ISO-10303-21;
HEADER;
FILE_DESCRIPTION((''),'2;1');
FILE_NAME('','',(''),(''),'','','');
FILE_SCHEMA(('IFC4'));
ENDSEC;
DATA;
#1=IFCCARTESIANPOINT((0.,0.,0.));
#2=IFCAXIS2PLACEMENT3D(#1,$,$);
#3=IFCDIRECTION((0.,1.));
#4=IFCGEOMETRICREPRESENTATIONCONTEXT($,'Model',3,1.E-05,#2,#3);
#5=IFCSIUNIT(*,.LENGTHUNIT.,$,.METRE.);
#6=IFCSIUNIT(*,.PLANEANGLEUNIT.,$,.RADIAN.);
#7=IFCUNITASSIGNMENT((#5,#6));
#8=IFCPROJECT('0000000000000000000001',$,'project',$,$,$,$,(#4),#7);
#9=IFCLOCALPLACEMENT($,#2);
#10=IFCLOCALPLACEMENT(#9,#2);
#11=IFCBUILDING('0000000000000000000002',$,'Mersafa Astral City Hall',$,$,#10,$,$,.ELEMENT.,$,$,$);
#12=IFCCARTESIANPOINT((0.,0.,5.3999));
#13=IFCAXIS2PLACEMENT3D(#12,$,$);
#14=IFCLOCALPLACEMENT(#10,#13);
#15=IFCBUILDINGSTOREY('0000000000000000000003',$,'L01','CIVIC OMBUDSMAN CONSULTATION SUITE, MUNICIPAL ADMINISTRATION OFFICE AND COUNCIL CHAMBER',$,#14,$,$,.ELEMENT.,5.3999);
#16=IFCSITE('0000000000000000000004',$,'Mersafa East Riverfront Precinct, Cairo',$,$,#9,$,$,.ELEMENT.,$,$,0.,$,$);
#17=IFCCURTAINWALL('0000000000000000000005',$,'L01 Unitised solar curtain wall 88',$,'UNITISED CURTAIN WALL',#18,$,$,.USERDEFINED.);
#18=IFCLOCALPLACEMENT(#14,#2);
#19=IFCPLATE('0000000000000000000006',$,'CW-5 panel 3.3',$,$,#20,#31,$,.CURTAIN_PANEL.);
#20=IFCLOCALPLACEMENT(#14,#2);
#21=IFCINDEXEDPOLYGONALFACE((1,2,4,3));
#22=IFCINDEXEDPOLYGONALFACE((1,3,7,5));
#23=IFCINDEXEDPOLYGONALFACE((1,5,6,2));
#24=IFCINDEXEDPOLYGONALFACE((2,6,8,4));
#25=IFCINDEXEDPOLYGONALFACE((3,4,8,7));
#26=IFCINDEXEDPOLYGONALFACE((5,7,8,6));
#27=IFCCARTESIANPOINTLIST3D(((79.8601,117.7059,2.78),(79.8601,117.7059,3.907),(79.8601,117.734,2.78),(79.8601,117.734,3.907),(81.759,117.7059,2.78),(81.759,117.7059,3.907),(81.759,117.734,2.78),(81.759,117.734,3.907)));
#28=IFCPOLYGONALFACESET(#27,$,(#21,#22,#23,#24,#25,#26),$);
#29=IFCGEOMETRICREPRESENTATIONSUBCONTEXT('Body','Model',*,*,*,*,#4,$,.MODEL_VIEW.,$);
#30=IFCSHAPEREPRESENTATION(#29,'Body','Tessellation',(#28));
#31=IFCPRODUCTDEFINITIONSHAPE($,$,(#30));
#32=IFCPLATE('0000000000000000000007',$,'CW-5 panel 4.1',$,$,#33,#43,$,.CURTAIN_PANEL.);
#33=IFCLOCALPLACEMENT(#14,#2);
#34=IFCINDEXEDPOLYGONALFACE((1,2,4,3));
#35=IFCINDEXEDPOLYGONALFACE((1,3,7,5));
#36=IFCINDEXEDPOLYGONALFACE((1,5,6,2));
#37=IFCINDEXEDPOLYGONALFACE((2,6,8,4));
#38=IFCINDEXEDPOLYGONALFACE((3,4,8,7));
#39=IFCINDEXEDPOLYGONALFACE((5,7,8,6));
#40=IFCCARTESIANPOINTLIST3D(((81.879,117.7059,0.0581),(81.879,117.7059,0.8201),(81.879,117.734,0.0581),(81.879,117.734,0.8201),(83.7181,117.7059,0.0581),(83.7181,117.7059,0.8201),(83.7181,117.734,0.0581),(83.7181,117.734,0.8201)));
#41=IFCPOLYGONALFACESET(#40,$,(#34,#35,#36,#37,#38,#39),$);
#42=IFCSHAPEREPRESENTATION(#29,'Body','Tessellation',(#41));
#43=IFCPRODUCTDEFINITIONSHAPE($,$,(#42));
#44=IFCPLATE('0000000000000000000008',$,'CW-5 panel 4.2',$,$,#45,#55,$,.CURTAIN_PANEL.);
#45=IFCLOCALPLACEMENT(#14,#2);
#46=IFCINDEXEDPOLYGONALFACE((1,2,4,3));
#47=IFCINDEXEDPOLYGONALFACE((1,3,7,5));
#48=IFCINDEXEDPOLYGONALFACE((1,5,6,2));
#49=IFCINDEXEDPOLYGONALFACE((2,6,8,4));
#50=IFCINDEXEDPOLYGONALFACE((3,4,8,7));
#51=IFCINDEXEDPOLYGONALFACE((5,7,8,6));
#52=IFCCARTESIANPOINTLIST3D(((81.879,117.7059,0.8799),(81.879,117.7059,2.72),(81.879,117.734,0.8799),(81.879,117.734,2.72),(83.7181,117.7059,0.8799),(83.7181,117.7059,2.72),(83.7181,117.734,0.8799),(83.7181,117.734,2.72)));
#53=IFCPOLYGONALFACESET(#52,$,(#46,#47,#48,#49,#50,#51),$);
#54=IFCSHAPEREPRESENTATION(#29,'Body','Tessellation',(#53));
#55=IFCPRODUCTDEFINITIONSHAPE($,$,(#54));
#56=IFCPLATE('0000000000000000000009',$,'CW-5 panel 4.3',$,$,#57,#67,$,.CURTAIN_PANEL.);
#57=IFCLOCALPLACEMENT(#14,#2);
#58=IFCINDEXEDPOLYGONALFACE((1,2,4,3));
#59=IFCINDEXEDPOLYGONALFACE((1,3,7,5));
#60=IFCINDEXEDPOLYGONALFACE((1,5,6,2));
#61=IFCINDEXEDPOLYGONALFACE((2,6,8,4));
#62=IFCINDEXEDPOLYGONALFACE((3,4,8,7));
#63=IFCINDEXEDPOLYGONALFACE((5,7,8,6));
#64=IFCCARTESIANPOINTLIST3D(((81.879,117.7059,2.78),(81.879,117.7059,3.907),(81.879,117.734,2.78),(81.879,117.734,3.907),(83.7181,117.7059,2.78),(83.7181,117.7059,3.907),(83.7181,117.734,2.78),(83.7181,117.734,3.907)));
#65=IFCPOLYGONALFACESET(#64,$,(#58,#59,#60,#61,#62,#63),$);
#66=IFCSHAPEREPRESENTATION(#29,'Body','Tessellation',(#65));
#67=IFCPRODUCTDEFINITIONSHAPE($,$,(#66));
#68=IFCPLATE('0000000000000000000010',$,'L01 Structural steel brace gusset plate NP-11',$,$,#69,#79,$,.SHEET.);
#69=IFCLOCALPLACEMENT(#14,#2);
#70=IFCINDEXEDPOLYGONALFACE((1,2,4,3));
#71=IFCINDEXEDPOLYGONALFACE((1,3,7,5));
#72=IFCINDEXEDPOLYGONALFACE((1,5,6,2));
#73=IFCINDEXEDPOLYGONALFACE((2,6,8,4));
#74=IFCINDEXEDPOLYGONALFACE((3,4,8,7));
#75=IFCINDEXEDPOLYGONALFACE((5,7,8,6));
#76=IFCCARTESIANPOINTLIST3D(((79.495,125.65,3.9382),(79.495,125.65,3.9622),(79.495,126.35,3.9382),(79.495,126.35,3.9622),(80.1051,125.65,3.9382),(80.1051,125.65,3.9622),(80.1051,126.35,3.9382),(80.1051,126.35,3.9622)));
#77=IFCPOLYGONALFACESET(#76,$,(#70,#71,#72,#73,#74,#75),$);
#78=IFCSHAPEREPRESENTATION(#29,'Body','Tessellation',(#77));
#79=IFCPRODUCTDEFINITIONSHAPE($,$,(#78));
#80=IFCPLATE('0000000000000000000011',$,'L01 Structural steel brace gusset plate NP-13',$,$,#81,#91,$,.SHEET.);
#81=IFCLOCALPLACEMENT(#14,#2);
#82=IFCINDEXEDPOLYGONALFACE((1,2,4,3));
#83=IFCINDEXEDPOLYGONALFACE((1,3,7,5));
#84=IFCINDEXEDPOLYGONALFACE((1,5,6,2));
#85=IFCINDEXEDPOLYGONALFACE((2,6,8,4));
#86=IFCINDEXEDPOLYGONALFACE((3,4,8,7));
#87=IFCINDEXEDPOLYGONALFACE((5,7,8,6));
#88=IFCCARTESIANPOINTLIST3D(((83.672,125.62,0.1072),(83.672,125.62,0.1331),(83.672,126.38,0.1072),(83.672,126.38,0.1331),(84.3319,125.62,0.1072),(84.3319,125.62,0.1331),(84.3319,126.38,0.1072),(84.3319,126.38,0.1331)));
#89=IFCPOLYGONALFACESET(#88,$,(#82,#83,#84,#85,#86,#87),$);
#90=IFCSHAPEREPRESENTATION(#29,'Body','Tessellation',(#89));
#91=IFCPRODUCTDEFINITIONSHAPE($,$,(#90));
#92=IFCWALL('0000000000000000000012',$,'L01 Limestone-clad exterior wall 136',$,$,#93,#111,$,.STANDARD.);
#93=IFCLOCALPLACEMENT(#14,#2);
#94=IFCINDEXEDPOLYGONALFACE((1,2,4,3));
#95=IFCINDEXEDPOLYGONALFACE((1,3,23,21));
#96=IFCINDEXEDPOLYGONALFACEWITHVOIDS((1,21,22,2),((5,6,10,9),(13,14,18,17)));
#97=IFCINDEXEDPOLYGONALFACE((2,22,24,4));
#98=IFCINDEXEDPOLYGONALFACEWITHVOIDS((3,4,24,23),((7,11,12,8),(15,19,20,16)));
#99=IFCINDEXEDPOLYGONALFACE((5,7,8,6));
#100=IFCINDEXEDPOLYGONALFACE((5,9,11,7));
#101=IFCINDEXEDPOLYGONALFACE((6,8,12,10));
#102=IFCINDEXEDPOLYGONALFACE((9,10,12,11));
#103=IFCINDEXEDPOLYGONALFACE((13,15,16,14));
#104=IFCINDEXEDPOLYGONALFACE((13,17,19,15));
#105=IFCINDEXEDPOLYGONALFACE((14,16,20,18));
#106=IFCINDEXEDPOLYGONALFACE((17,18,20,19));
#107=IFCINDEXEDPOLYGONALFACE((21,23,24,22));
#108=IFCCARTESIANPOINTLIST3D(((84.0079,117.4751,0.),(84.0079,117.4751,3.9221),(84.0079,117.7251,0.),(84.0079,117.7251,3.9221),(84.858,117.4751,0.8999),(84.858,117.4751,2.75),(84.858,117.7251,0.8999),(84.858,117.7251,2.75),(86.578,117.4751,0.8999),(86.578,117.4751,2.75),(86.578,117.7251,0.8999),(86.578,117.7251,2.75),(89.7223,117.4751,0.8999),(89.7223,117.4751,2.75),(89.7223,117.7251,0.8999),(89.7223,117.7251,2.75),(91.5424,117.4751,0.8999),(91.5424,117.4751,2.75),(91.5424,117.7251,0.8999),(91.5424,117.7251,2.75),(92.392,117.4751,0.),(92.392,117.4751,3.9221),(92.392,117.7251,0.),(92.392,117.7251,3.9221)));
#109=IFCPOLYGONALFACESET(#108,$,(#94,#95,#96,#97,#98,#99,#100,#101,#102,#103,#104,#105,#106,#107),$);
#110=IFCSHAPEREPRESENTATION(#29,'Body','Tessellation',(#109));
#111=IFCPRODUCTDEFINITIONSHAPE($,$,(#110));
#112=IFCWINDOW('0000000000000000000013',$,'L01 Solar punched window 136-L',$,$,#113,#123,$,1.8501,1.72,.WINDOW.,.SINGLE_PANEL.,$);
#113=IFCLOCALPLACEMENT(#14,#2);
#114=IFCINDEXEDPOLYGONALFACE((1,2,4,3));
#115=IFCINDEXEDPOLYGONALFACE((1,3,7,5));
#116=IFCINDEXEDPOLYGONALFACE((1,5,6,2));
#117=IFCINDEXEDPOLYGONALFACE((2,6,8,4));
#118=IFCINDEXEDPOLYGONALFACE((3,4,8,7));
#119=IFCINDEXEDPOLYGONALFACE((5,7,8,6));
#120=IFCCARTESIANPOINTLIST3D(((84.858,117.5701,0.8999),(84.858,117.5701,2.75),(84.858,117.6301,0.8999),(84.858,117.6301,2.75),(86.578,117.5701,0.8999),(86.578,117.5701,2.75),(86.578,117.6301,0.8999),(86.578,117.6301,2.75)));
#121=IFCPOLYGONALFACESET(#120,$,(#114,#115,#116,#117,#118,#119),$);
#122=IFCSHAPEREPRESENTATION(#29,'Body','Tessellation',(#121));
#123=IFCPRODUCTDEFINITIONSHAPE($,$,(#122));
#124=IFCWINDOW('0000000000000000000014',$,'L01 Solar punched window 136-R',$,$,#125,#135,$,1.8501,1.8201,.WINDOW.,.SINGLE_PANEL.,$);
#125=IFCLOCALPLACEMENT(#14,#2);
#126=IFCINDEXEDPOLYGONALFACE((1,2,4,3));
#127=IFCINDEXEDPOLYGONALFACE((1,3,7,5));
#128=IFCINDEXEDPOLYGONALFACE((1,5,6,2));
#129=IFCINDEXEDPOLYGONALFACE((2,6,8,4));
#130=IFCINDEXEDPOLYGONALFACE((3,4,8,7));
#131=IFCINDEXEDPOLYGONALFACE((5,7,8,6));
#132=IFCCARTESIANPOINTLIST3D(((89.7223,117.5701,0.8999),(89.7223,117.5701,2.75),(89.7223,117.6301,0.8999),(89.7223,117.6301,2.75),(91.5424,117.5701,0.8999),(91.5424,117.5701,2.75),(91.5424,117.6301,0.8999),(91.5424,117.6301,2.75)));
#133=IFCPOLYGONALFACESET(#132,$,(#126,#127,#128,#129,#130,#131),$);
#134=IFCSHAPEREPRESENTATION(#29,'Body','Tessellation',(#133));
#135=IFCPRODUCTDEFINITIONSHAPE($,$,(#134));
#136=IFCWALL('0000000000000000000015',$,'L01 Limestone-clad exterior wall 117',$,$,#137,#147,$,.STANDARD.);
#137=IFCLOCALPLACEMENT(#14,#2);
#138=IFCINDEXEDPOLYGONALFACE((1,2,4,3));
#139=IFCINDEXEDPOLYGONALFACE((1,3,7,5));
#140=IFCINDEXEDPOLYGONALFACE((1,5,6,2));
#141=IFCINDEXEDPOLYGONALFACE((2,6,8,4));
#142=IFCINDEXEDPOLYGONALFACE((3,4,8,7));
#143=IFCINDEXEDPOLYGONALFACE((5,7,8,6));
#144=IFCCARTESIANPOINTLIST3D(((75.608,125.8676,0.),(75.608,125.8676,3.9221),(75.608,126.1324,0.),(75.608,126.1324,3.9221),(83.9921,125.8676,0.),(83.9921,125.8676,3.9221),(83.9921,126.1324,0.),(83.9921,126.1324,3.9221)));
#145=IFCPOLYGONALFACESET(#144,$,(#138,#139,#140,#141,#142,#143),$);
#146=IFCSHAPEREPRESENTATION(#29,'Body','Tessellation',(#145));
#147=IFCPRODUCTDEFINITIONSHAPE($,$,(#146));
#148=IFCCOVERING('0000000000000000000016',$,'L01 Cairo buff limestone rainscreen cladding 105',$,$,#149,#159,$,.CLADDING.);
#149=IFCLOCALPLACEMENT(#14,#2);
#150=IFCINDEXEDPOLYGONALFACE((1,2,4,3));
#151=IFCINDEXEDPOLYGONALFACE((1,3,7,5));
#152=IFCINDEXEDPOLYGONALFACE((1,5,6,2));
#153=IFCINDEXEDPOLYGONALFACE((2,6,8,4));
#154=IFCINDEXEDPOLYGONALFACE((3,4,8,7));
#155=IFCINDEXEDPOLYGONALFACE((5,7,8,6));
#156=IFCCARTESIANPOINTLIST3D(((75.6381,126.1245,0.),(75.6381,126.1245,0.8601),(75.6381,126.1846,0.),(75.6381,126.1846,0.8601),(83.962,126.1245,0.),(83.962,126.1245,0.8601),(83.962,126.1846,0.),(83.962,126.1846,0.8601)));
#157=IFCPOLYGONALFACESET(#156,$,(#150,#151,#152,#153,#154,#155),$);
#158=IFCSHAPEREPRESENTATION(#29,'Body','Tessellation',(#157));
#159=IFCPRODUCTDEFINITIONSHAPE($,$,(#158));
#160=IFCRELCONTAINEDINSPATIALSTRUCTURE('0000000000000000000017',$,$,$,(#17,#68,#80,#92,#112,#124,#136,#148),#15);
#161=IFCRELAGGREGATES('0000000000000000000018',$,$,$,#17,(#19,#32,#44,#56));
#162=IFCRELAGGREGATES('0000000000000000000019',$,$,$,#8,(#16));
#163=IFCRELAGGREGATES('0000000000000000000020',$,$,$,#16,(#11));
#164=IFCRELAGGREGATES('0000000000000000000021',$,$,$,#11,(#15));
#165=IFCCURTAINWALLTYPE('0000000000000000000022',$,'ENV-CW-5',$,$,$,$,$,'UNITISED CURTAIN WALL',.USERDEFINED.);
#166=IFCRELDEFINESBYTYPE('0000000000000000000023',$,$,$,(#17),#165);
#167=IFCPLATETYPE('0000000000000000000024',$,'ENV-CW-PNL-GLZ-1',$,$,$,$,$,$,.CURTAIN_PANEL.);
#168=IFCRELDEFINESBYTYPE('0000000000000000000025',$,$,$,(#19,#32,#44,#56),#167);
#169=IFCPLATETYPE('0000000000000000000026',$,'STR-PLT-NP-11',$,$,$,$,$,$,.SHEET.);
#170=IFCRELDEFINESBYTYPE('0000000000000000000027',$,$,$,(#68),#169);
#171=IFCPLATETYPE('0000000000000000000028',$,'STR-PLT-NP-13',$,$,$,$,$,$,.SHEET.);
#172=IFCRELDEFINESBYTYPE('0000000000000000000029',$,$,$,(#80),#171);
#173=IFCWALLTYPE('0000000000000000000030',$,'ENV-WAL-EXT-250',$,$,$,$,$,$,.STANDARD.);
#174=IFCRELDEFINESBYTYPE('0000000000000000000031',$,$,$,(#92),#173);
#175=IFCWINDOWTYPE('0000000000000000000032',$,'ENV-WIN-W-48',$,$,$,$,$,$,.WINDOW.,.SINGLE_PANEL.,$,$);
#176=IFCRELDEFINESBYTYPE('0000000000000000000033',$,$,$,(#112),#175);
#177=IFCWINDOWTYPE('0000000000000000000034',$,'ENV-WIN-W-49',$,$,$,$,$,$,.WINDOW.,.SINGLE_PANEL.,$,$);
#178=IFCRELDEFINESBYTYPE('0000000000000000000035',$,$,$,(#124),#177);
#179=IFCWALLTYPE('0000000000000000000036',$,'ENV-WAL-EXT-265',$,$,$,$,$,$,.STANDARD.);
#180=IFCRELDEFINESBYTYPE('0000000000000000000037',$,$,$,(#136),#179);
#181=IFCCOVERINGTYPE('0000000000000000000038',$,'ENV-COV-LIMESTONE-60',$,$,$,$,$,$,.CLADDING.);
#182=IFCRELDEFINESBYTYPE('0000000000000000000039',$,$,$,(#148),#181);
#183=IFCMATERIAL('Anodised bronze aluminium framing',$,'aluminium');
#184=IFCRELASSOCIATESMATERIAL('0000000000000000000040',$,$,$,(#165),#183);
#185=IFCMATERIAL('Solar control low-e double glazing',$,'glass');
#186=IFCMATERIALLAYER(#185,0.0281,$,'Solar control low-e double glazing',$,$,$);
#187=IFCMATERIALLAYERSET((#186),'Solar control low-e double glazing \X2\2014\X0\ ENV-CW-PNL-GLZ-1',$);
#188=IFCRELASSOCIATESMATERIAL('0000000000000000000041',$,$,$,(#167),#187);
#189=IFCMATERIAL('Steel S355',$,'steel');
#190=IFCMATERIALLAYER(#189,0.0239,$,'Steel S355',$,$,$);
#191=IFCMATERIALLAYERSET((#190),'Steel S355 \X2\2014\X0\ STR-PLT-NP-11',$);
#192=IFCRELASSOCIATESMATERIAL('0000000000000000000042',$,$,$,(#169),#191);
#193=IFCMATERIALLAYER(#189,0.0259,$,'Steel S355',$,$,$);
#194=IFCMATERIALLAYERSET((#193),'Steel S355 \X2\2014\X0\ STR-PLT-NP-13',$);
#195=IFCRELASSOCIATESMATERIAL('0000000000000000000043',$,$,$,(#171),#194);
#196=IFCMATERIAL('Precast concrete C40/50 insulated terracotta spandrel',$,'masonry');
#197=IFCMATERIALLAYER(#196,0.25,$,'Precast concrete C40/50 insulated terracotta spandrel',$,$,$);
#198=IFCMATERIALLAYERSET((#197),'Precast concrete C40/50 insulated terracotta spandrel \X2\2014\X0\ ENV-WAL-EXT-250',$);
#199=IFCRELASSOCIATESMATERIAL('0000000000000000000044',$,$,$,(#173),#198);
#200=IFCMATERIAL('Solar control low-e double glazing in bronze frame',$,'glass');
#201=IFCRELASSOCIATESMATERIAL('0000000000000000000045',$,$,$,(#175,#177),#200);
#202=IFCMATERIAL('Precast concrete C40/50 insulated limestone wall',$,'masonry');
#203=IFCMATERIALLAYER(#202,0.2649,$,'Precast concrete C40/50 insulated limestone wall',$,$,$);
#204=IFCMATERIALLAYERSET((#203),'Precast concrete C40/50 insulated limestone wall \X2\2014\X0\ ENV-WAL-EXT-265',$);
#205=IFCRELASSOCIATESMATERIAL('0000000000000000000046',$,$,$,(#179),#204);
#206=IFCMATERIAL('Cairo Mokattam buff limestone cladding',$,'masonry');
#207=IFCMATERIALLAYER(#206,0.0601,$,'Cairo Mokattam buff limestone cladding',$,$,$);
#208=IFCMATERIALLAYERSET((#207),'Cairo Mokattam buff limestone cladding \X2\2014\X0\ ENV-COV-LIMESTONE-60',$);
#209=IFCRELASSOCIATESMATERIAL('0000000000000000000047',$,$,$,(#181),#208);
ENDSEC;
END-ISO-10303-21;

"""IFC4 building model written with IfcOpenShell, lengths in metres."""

from ifc_helpers import new_model, si_unit, direction, frame, frame_2d, origin, origin_2d, place, context, subcontext, project, spatial, rectangle, extrude, material, layer, layer_set, type_object, element, fill, aggregate, save


model = new_model("IFC4")

# Units and contexts
model_context = context("Model", 3, precision=1e-05, world=origin(), true_north=direction((0.0, 1.0)))
body_context = subcontext(model_context, "Body", "Model", "MODEL_VIEW")
ifc_project = project(units=[si_unit("LENGTHUNIT", "METRE"), si_unit("PLANEANGLEUNIT", "RADIAN")], contexts=[model_context])

# Site, building, storey
site_placement = place(None, origin())
site = spatial("IfcSite", under=ifc_project, at=site_placement, Name="Mersafa East Riverfront Precinct, Cairo", CompositionType="ELEMENT", RefElevation=0.0)
building_placement = place(site_placement, origin())
building = spatial("IfcBuilding", under=site, at=building_placement, Name="Mersafa Astral City Hall", CompositionType="ELEMENT")
storey_placement = place(building_placement, frame((0.0, 0.0, 5.3999)))
storey = spatial("IfcBuildingStorey", under=building, at=storey_placement, Name="L01", Description="CIVIC OMBUDSMAN CONSULTATION SUITE, MUNICIPAL ADMINISTRATION OFFICE AND COUNCIL CHAMBER", CompositionType="ELEMENT", Elevation=5.3999)

# Shared definitions
ifc_material_1 = material(Name="Steel S355", Category="steel")

# Curtain wall
ifc_material_2 = material(Name="Anodised bronze aluminium framing", Category="aluminium")
curtain_wall_type = type_object("IfcCurtainWallType", Name="ENV-CW-5", ElementType="UNITISED CURTAIN WALL", PredefinedType="USERDEFINED", material=ifc_material_2)
curtain_wall_placement = place(storey_placement, origin())
curtain_wall = element("IfcCurtainWall", 1, at=curtain_wall_placement, inside=storey, type_object=curtain_wall_type, Name="L01 Unitised solar curtain wall 88", ObjectType="UNITISED CURTAIN WALL", PredefinedType="USERDEFINED")

# Plates
ifc_material_3 = material(Name="Solar control low-e double glazing", Category="glass")
ifc_layer_1 = layer(ifc_material_3, 0.0281, Name="Solar control low-e double glazing")
ifc_layer_set_1 = layer_set([ifc_layer_1], Name="Solar control low-e double glazing — ENV-CW-PNL-GLZ-1")
plate_type_1 = type_object("IfcPlateType", Name="ENV-CW-PNL-GLZ-1", PredefinedType="CURTAIN_PANEL", material=ifc_layer_set_1)
plate_1_placement = place(storey_placement, frame((80.8096, 117.72, 2.78), z_axis=(0.0, 0.0, 1.0), x_axis=(1.0, 0.0, 0.0)))
plate_1 = element("IfcPlate", 2, at=plate_1_placement, type_object=plate_type_1, Name="CW-5 panel 3.3", PredefinedType="CURTAIN_PANEL", context=body_context, shape_type="SweptSolid", body=[
    extrude(rectangle(XDim=1.8989, YDim=0.0281, at=origin_2d()), origin(), (0.0, 0.0, 1.0), 1.127),
])
plate_2_placement = place(storey_placement, frame((82.7986, 117.72, 0.0581), z_axis=(0.0, 0.0, 1.0), x_axis=(1.0, 0.0, 0.0)))
plate_2 = element("IfcPlate", 3, at=plate_2_placement, type_object=plate_type_1, Name="CW-5 panel 4.1", PredefinedType="CURTAIN_PANEL", context=body_context, shape_type="SweptSolid", body=[
    extrude(rectangle(XDim=1.8391, YDim=0.0281, at=origin_2d()), origin(), (0.0, 0.0, 1.0), 0.762),
])
plate_3_placement = place(storey_placement, frame((82.7986, 117.72, 0.8799), z_axis=(0.0, 0.0, 1.0), x_axis=(1.0, 0.0, 0.0)))
plate_3 = element("IfcPlate", 4, at=plate_3_placement, type_object=plate_type_1, Name="CW-5 panel 4.2", PredefinedType="CURTAIN_PANEL", context=body_context, shape_type="SweptSolid", body=[
    extrude(rectangle(XDim=1.8391, YDim=0.0281, at=origin_2d()), origin(), (0.0, 0.0, 1.0), 1.8401),
])
plate_4_placement = place(storey_placement, frame((82.7986, 117.72, 2.78), z_axis=(0.0, 0.0, 1.0), x_axis=(1.0, 0.0, 0.0)))
plate_4 = element("IfcPlate", 5, at=plate_4_placement, type_object=plate_type_1, Name="CW-5 panel 4.3", PredefinedType="CURTAIN_PANEL", context=body_context, shape_type="SweptSolid", body=[
    extrude(rectangle(XDim=1.8391, YDim=0.0281, at=origin_2d()), origin(), (0.0, 0.0, 1.0), 1.127),
])
aggregate(curtain_wall, [plate_1, plate_2, plate_3, plate_4])

# Plates
ifc_layer_2 = layer(ifc_material_1, 0.0239, Name="Steel S355")
ifc_layer_set_2 = layer_set([ifc_layer_2], Name="Steel S355 — STR-PLT-NP-11")
plate_type_2 = type_object("IfcPlateType", Name="STR-PLT-NP-11", PredefinedType="SHEET", material=ifc_layer_set_2)
plate_5_placement = place(storey_placement, frame((79.8, 126.0, 3.9382), z_axis=(0.0, 0.0, 1.0), x_axis=(1.0, 0.0, 0.0)))
element("IfcPlate", 6, at=plate_5_placement, inside=storey, type_object=plate_type_2, Name="L01 Structural steel brace gusset plate NP-11", PredefinedType="SHEET", context=body_context, shape_type="SweptSolid", body=[
    extrude(rectangle(XDim=0.6101, YDim=0.7, at=origin_2d()), origin(), (0.0, 0.0, 1.0), 0.0239),
])
ifc_layer_3 = layer(ifc_material_1, 0.0259, Name="Steel S355")
ifc_layer_set_3 = layer_set([ifc_layer_3], Name="Steel S355 — STR-PLT-NP-13")
plate_type_3 = type_object("IfcPlateType", Name="STR-PLT-NP-13", PredefinedType="SHEET", material=ifc_layer_set_3)
plate_6_placement = place(storey_placement, frame((84.002, 126.0, 0.1072), z_axis=(0.0, 0.0, 1.0), x_axis=(1.0, 0.0, 0.0)))
element("IfcPlate", 7, at=plate_6_placement, inside=storey, type_object=plate_type_3, Name="L01 Structural steel brace gusset plate NP-13", PredefinedType="SHEET", context=body_context, shape_type="SweptSolid", body=[
    extrude(rectangle(XDim=0.6599, YDim=0.76, at=origin_2d()), origin(), (0.0, 0.0, 1.0), 0.0259),
])

# Wall, openings, windows
ifc_material_4 = material(Name="Precast concrete C40/50 insulated terracotta spandrel", Category="masonry")
ifc_layer_4 = layer(ifc_material_4, 0.25, Name="Precast concrete C40/50 insulated terracotta spandrel")
ifc_layer_set_4 = layer_set([ifc_layer_4], Name="Precast concrete C40/50 insulated terracotta spandrel — ENV-WAL-EXT-250")
wall_type_1 = type_object("IfcWallType", Name="ENV-WAL-EXT-250", PredefinedType="STANDARD", material=ifc_layer_set_4)
wall_1_placement = place(storey_placement, frame((84.0081, 117.6001, 0.0), z_axis=(0.0, 0.0, 1.0), x_axis=(1.0, 0.0, 0.0)))
wall_1 = element("IfcWall", 8, at=wall_1_placement, inside=storey, type_object=wall_type_1, Name="L01 Limestone-clad exterior wall 136", PredefinedType="STANDARD", context=body_context, shape_type="SweptSolid", body=[
    extrude(rectangle(XDim=8.384, YDim=0.25, at=frame_2d((4.1919, 0.0))), origin(), (0.0, 0.0, 1.0), 3.9221),
])
opening_1_placement = place(wall_1_placement, frame((0.8501, 0.0, 0.8999)))
opening_1 = element("IfcOpeningElement", 9, at=opening_1_placement, cuts=wall_1, PredefinedType="OPENING", context=body_context, shape_type="SweptSolid", body=[
    extrude(rectangle(XDim=1.72, YDim=1.8501, at=frame_2d((0.8599, 0.925))), frame((0.0, 0.135, 0.0), z_axis=(0.0, -1.0, 0.0), x_axis=(1.0, 0.0, 0.0)), (0.0, 0.0, 1.0), 0.27),
])
opening_2_placement = place(wall_1_placement, frame((5.7141, 0.0, 0.8999)))
opening_2 = element("IfcOpeningElement", 10, at=opening_2_placement, cuts=wall_1, PredefinedType="OPENING", context=body_context, shape_type="SweptSolid", body=[
    extrude(rectangle(XDim=1.8201, YDim=1.8501, at=frame_2d((0.9102, 0.925))), frame((0.0, 0.135, 0.0), z_axis=(0.0, -1.0, 0.0), x_axis=(1.0, 0.0, 0.0)), (0.0, 0.0, 1.0), 0.27),
])
ifc_material_5 = material(Name="Solar control low-e double glazing in bronze frame", Category="glass")
window_type_1 = type_object("IfcWindowType", Name="ENV-WIN-W-48", PartitioningType="SINGLE_PANEL", PredefinedType="WINDOW", material=ifc_material_5)
window_1_placement = place(opening_1_placement, origin())
window_1 = element("IfcWindow", 11, at=window_1_placement, inside=storey, type_object=window_type_1, Name="L01 Solar punched window 136-L", OverallHeight=1.8501, OverallWidth=1.72, PartitioningType="SINGLE_PANEL", PredefinedType="WINDOW", context=body_context, shape_type="SweptSolid", body=[
    extrude(rectangle(XDim=1.72, YDim=1.8501, at=frame_2d((0.8599, 0.925))), frame((0.0, 0.03, 0.0), z_axis=(0.0, -1.0, 0.0), x_axis=(1.0, 0.0, 0.0)), (0.0, 0.0, 1.0), 0.0601),
])
fill(opening_1, window_1)
window_type_2 = type_object("IfcWindowType", Name="ENV-WIN-W-49", PartitioningType="SINGLE_PANEL", PredefinedType="WINDOW", material=ifc_material_5)
window_2_placement = place(opening_2_placement, origin())
window_2 = element("IfcWindow", 12, at=window_2_placement, inside=storey, type_object=window_type_2, Name="L01 Solar punched window 136-R", OverallHeight=1.8501, OverallWidth=1.8201, PartitioningType="SINGLE_PANEL", PredefinedType="WINDOW", context=body_context, shape_type="SweptSolid", body=[
    extrude(rectangle(XDim=1.8201, YDim=1.8501, at=frame_2d((0.9102, 0.925))), frame((0.0, 0.03, 0.0), z_axis=(0.0, -1.0, 0.0), x_axis=(1.0, 0.0, 0.0)), (0.0, 0.0, 1.0), 0.0601),
])
fill(opening_2, window_2)

# Wall
ifc_material_6 = material(Name="Precast concrete C40/50 insulated limestone wall", Category="masonry")
ifc_layer_5 = layer(ifc_material_6, 0.2649, Name="Precast concrete C40/50 insulated limestone wall")
ifc_layer_set_5 = layer_set([ifc_layer_5], Name="Precast concrete C40/50 insulated limestone wall — ENV-WAL-EXT-265")
wall_type_2 = type_object("IfcWallType", Name="ENV-WAL-EXT-265", PredefinedType="STANDARD", material=ifc_layer_set_5)
wall_2_placement = place(storey_placement, frame((83.9919, 126.0, 0.0), z_axis=(0.0, 0.0, 1.0), x_axis=(-1.0, 0.0, 0.0)))
element("IfcWall", 13, at=wall_2_placement, inside=storey, type_object=wall_type_2, Name="L01 Limestone-clad exterior wall 117", PredefinedType="STANDARD", context=body_context, shape_type="SweptSolid", body=[
    extrude(rectangle(XDim=8.384, YDim=0.2649, at=frame_2d((4.1919, 0.0))), origin(), (0.0, 0.0, 1.0), 3.9221),
])

# Covering
ifc_material_7 = material(Name="Cairo Mokattam buff limestone cladding", Category="masonry")
ifc_layer_6 = layer(ifc_material_7, 0.0601, Name="Cairo Mokattam buff limestone cladding")
ifc_layer_set_6 = layer_set([ifc_layer_6], Name="Cairo Mokattam buff limestone cladding — ENV-COV-LIMESTONE-60")
covering_type = type_object("IfcCoveringType", Name="ENV-COV-LIMESTONE-60", PredefinedType="CLADDING", material=ifc_layer_set_6)
covering_placement = place(storey_placement, frame((79.8, 126.1545, 0.0), z_axis=(0.0, 0.0, 1.0), x_axis=(-1.0, 0.0, 0.0)))
element("IfcCovering", 14, at=covering_placement, inside=storey, type_object=covering_type, Name="L01 Cairo buff limestone rainscreen cladding 105", PredefinedType="CLADDING", context=body_context, shape_type="SweptSolid", body=[
    extrude(rectangle(XDim=8.324, YDim=0.0601, at=origin_2d()), origin(), (0.0, 0.0, 1.0), 0.8601),
])

save(model, "model.ifc")
